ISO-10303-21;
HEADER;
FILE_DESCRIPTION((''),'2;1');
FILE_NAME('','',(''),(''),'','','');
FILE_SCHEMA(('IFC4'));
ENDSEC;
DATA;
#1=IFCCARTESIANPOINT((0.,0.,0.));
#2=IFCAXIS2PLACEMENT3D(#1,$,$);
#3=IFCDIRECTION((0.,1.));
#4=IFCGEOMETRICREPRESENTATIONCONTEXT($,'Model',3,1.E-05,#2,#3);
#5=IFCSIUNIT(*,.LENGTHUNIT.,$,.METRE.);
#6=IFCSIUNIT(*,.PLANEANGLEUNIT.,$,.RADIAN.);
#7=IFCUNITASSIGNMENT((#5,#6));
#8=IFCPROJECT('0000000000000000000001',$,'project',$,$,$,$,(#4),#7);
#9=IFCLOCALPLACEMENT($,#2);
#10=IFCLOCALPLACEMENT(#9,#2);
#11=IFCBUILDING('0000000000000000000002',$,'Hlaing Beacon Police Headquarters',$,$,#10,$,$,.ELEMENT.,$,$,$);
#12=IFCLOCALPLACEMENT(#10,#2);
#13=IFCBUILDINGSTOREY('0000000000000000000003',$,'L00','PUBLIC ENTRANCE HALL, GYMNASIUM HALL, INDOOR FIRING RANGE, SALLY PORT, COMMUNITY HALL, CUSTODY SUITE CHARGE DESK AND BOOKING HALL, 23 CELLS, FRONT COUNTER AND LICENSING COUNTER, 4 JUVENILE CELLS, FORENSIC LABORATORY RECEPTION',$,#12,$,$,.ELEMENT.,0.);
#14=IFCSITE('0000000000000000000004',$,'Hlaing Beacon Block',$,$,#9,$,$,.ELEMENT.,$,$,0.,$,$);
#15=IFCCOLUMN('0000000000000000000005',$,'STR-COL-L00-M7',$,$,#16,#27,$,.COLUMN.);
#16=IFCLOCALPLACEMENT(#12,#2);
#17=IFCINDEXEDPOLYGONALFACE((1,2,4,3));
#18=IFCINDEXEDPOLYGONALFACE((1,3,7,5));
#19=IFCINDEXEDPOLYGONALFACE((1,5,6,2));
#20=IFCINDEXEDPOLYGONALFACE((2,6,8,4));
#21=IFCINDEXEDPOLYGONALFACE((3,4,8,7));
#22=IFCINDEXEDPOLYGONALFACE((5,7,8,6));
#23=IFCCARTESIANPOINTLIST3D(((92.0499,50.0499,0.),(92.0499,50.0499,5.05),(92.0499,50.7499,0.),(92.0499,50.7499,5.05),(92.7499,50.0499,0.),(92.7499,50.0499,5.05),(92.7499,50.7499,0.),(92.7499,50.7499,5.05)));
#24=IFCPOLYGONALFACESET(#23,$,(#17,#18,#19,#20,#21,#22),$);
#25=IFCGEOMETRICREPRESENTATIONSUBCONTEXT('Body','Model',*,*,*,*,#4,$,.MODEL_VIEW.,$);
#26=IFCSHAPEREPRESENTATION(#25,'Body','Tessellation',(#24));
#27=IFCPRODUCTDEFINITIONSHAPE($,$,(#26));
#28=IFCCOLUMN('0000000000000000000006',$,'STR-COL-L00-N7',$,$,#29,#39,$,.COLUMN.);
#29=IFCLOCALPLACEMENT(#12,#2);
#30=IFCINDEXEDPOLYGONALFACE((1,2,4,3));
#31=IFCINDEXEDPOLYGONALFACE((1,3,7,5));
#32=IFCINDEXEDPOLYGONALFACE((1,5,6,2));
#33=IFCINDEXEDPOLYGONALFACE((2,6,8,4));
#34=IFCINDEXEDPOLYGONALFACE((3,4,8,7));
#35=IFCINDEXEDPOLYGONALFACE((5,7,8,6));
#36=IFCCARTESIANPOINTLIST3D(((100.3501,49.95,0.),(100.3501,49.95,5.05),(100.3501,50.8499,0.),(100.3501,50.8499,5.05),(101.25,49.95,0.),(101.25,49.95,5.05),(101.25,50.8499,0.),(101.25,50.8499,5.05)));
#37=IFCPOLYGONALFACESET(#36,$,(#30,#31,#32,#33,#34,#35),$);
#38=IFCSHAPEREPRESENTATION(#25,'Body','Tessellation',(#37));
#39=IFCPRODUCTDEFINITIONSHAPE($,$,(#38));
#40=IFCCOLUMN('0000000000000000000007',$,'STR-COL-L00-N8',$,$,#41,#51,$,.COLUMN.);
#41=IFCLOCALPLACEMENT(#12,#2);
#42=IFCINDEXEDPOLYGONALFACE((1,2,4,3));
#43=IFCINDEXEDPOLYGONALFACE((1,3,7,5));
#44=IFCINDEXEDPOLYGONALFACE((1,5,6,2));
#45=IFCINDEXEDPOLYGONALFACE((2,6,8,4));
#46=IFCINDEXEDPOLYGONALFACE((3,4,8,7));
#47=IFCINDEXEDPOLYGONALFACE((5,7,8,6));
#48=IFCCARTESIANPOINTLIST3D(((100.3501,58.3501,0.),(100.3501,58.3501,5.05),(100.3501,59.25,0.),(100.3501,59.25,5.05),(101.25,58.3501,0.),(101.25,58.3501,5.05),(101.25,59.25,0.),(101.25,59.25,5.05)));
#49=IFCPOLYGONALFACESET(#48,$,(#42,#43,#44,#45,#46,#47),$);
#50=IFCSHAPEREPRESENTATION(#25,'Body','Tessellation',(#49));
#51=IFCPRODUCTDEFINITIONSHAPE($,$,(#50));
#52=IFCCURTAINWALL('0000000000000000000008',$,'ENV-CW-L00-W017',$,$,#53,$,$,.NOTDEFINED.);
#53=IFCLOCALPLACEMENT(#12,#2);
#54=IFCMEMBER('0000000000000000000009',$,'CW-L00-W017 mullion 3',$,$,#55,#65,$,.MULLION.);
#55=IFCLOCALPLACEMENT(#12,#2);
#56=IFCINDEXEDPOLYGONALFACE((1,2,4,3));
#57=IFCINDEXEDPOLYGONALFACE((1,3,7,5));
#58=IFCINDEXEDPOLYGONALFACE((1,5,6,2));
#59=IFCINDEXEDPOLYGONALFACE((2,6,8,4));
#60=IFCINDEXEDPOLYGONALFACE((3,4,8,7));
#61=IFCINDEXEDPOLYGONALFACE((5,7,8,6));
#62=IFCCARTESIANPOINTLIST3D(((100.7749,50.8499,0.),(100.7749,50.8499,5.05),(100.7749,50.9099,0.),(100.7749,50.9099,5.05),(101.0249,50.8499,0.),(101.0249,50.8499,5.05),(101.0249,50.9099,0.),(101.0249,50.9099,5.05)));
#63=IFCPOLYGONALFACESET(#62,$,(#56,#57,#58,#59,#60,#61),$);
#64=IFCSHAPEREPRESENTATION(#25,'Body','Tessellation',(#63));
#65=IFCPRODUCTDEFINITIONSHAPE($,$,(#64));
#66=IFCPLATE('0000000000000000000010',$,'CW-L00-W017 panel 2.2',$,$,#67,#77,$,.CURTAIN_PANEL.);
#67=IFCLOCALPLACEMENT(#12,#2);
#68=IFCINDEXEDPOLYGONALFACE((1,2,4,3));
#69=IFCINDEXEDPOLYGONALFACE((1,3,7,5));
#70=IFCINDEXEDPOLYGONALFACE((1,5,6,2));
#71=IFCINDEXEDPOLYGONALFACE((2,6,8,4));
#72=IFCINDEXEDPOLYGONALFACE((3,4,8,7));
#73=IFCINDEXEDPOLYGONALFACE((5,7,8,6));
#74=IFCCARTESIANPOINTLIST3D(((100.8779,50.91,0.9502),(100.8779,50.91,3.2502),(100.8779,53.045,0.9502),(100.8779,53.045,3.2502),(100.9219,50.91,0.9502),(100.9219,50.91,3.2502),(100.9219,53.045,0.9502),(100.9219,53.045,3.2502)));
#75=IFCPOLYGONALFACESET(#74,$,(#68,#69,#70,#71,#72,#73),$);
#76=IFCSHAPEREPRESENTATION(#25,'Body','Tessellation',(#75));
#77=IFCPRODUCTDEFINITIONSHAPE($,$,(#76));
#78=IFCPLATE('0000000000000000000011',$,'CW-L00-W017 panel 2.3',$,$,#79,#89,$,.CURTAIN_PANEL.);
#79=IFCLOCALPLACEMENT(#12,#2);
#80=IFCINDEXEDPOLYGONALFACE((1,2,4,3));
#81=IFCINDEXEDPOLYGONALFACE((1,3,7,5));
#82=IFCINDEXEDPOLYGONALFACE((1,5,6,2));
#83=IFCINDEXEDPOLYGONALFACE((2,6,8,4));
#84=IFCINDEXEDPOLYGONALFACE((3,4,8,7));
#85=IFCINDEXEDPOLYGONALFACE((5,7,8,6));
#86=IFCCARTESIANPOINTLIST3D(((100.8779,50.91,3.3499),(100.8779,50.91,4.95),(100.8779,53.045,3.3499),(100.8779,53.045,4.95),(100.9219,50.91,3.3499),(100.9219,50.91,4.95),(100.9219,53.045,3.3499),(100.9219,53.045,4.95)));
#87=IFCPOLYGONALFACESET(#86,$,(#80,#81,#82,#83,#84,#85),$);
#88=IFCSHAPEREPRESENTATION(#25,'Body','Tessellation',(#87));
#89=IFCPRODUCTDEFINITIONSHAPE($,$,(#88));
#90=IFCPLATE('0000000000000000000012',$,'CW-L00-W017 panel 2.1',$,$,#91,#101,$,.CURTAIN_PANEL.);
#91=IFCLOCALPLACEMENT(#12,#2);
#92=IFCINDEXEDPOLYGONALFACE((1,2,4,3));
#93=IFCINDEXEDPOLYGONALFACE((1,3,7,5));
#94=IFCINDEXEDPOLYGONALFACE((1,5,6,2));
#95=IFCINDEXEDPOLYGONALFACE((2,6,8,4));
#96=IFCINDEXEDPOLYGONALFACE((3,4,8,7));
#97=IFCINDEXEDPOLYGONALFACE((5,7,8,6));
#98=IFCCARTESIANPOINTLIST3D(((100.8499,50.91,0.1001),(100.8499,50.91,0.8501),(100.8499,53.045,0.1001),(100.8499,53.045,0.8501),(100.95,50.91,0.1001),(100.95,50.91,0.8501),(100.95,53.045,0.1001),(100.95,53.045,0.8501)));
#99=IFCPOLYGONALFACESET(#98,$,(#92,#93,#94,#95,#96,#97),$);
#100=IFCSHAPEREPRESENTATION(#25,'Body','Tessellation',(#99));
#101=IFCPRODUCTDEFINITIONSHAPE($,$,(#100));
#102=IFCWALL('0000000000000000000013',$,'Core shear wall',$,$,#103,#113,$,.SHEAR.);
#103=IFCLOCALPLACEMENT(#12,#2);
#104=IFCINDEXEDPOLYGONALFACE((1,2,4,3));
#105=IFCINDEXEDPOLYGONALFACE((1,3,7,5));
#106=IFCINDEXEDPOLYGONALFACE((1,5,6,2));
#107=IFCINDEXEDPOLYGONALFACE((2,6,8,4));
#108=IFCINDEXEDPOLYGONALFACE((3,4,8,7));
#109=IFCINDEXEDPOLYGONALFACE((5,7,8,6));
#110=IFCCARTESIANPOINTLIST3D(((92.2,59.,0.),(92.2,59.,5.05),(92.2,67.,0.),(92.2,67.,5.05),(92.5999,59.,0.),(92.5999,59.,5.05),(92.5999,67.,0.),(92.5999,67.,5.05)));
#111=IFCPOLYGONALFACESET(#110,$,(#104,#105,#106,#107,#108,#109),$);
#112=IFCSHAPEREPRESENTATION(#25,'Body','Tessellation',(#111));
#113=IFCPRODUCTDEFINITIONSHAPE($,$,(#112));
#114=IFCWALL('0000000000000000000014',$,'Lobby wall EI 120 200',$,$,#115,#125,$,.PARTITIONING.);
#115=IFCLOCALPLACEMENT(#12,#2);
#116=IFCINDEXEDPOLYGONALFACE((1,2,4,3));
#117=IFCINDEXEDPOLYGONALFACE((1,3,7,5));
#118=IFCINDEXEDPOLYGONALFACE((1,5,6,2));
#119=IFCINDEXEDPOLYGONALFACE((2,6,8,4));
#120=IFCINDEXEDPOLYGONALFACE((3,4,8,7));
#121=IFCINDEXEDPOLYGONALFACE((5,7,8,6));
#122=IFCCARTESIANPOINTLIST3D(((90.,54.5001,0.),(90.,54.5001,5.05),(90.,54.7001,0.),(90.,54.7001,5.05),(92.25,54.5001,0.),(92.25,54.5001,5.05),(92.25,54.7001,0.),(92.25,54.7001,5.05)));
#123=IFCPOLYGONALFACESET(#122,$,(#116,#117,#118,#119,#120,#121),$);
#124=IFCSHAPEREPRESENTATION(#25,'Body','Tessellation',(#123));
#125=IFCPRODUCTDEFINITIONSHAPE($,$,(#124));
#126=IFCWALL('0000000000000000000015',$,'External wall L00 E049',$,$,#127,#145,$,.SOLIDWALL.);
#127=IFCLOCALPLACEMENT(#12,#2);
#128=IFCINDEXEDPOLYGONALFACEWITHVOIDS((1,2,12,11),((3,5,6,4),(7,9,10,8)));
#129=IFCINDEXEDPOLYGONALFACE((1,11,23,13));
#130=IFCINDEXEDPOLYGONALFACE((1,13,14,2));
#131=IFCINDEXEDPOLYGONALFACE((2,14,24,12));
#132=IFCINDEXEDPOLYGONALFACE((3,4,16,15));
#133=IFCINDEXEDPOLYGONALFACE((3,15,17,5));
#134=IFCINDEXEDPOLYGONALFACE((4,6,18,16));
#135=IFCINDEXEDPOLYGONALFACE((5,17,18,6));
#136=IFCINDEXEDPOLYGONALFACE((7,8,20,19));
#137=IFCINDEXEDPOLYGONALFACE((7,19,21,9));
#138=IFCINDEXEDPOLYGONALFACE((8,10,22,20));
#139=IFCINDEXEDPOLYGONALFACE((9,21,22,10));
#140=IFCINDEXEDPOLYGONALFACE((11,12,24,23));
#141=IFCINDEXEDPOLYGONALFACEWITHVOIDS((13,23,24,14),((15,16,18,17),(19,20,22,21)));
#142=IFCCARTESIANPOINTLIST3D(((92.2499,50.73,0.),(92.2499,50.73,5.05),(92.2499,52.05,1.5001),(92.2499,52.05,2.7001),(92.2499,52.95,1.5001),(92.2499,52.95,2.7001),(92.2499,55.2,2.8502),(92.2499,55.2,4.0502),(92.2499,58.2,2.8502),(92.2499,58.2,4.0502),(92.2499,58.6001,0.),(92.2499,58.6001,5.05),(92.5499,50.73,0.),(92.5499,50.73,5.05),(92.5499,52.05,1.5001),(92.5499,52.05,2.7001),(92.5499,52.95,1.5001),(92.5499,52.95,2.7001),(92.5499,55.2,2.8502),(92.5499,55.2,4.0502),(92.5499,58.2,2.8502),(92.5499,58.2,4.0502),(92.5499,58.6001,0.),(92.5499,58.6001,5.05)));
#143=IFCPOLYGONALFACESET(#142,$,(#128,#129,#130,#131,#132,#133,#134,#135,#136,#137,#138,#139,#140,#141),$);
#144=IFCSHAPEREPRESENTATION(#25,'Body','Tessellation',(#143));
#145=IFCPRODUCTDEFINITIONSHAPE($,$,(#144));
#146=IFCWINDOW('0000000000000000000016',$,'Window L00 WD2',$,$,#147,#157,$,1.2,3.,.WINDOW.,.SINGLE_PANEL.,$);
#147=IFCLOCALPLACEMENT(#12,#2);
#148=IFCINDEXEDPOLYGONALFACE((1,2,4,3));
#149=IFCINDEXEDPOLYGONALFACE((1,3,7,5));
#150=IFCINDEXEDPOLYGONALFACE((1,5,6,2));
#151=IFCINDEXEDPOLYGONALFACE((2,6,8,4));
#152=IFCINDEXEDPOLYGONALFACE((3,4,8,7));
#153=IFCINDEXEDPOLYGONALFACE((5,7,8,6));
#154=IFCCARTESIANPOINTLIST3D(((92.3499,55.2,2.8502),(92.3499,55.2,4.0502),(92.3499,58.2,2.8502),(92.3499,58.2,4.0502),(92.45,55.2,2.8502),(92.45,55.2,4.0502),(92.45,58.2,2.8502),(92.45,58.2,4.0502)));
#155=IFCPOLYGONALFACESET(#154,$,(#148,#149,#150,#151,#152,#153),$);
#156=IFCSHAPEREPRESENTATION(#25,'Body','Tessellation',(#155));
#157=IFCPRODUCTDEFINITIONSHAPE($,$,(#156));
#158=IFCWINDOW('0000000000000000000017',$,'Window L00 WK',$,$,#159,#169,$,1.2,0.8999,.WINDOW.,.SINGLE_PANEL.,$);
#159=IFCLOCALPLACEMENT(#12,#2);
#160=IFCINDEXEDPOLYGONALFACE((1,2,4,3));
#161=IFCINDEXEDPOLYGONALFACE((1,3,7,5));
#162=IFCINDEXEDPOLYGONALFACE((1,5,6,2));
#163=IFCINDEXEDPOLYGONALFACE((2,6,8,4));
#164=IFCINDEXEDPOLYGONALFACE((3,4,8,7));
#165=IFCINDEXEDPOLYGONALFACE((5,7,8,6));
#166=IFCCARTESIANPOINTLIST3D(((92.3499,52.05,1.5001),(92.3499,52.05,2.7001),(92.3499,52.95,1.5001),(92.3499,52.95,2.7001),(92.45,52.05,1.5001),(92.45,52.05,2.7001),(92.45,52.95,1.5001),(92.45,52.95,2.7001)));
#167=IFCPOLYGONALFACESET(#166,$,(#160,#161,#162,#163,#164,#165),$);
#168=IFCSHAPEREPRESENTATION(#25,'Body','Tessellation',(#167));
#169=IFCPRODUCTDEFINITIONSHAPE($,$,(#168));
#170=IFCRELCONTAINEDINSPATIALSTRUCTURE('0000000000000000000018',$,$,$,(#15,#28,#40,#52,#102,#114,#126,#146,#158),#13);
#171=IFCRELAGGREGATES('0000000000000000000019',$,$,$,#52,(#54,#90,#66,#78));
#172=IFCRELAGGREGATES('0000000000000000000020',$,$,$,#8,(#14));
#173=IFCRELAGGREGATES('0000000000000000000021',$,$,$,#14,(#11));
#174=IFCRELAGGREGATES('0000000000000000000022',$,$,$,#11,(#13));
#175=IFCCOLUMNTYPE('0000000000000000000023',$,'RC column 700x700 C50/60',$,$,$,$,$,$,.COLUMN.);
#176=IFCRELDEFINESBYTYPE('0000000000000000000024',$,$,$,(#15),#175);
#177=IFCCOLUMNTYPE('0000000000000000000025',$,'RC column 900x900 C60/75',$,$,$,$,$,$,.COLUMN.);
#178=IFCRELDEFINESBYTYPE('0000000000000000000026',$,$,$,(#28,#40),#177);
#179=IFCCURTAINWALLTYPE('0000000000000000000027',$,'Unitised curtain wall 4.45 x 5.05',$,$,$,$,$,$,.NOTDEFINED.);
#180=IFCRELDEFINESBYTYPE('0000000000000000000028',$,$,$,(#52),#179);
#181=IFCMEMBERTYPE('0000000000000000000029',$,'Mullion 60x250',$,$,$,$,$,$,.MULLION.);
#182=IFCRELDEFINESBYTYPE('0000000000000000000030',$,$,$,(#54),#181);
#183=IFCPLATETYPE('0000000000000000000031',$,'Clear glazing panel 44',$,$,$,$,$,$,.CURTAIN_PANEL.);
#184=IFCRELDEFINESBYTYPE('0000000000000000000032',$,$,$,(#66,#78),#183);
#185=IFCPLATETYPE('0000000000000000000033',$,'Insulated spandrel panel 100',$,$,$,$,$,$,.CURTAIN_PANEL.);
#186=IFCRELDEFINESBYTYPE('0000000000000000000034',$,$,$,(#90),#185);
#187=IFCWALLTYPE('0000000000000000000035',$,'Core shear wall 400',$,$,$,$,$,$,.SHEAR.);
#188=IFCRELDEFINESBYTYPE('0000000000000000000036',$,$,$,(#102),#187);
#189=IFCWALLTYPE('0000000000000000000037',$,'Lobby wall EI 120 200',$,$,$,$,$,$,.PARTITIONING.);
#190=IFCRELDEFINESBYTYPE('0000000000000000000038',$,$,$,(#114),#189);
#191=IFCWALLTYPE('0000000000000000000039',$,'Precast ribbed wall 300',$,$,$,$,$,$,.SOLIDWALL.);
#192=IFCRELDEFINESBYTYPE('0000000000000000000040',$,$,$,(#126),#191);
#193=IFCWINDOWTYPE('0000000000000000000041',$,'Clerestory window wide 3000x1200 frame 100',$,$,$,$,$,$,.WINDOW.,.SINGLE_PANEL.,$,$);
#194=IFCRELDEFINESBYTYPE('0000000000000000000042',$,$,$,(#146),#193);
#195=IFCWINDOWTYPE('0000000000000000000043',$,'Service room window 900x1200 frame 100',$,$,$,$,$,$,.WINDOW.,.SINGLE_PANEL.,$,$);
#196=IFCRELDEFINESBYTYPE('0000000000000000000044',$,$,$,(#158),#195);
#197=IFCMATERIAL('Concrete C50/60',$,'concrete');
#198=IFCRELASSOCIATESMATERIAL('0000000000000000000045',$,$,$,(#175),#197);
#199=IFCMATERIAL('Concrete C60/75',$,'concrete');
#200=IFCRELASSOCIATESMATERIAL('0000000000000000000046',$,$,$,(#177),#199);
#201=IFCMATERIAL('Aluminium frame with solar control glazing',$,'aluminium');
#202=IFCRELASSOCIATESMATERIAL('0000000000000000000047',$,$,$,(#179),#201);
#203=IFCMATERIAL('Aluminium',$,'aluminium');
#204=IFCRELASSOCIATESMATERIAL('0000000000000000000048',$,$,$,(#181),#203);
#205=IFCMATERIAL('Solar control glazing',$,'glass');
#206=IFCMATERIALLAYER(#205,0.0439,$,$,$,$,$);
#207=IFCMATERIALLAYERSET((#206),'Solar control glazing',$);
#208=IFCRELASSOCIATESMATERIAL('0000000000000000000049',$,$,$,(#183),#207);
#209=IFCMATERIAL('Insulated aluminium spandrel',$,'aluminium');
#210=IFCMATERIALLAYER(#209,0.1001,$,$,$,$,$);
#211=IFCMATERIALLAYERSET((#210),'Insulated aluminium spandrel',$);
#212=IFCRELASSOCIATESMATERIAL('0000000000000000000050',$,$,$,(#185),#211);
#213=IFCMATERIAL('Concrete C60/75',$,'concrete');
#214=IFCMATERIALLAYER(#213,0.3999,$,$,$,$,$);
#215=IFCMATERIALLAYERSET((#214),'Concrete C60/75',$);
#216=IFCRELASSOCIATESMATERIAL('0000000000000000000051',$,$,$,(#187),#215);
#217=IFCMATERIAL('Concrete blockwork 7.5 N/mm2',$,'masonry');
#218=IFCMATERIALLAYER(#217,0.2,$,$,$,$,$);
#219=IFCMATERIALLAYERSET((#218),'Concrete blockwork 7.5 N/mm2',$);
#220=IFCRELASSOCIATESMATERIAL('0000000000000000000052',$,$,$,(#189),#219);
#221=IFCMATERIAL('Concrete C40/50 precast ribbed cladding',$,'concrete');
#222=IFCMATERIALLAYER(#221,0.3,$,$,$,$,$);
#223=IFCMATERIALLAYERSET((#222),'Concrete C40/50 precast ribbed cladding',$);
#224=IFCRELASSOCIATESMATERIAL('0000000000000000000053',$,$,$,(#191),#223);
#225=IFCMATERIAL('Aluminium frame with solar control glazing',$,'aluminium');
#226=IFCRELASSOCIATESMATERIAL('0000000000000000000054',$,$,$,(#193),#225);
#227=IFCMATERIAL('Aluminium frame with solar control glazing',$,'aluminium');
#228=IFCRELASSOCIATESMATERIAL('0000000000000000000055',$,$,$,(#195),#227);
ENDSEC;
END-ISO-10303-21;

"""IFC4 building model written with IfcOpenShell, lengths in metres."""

from ifc_helpers import new_model, si_unit, direction, frame, frame_2d, origin, origin_2d, place, context, subcontext, project, spatial, rectangle, extrude, material, layer, layer_set, material_profile, profile_set, type_object, element, fill, aggregate, save


model = new_model("IFC4")

# Units and contexts
model_context = context("Model", 3, precision=1e-05, world=origin(), true_north=direction((0.0, 1.0)))
body_context = subcontext(model_context, "Body", "Model", "MODEL_VIEW")
ifc_project = project(units=[si_unit("LENGTHUNIT", "METRE"), si_unit("PLANEANGLEUNIT", "RADIAN")], contexts=[model_context])

# Site, building, storey
site_placement = place(None, origin())
site = spatial("IfcSite", under=ifc_project, at=site_placement, Name="Hlaing Beacon Block", CompositionType="ELEMENT", RefElevation=0.0)
building_placement = place(site_placement, origin())
building = spatial("IfcBuilding", under=site, at=building_placement, Name="Hlaing Beacon Police Headquarters", CompositionType="ELEMENT")
storey_placement = place(building_placement, origin())
storey = spatial("IfcBuildingStorey", under=building, at=storey_placement, Name="L00", Description="PUBLIC ENTRANCE HALL, GYMNASIUM HALL, INDOOR FIRING RANGE, SALLY PORT, COMMUNITY HALL, CUSTODY SUITE CHARGE DESK AND BOOKING HALL, 23 CELLS, FRONT COUNTER AND LICENSING COUNTER, 4 JUVENILE CELLS, FORENSIC LABORATORY RECEPTION", CompositionType="ELEMENT", Elevation=0.0)

# Columns
ifc_material_1 = material(Name="Concrete C50/60", Category="concrete")
ifc_material_profile_1 = material_profile(ifc_material_1, rectangle(XDim=0.7, YDim=0.7, at=origin_2d()), Name="700x700")
ifc_profile_set_1 = profile_set([ifc_material_profile_1], Name="Concrete C50/60")
column_type_1 = type_object("IfcColumnType", Name="RC column 700x700 C50/60", PredefinedType="COLUMN", material=ifc_profile_set_1)
column_placement = place(storey_placement, frame((92.3999, 50.3999, 0.0), z_axis=(0.0, 0.0, 1.0), x_axis=(1.0, 0.0, 0.0)))
element("IfcColumn", 1, at=column_placement, inside=storey, type_object=column_type_1, Name="STR-COL-L00-M7", PredefinedType="COLUMN", context=body_context, shape_type="SweptSolid", body=[
    extrude(rectangle(XDim=0.7, YDim=0.7, at=origin_2d()), origin(), (0.0, 0.0, 1.0), 5.05),
])
ifc_material_2 = material(Name="Concrete C60/75", Category="concrete")
ifc_material_profile_2 = material_profile(ifc_material_2, rectangle(XDim=0.8999, YDim=0.8999, at=origin_2d()), Name="900x900")
ifc_profile_set_2 = profile_set([ifc_material_profile_2], Name="Concrete C60/75")
column_type_2 = type_object("IfcColumnType", Name="RC column 900x900 C60/75", PredefinedType="COLUMN", material=ifc_profile_set_2)
for number, where, z_axis, x_axis, name in (
    (2, (100.8, 50.3999, 0.0), (0.0, 0.0, 1.0), (1.0, 0.0, 0.0), "STR-COL-L00-N7"),
    (3, (100.8, 58.8, 0.0), (0.0, 0.0, 1.0), (1.0, 0.0, 0.0), "STR-COL-L00-N8"),
):
    element("IfcColumn", number, at=place(storey_placement, frame(where, z_axis=z_axis, x_axis=x_axis)), inside=storey, type_object=column_type_2, Name=name, PredefinedType="COLUMN", context=body_context, shape_type="SweptSolid", body=[
        extrude(rectangle(XDim=0.8999, YDim=0.8999, at=origin_2d()), origin(), (0.0, 0.0, 1.0), 5.05),
    ])

# Curtain wall, member, plates
ifc_material_3 = material(Name="Aluminium frame with solar control glazing", Category="aluminium")
curtain_wall_type = type_object("IfcCurtainWallType", Name="Unitised curtain wall 4.45 x 5.05", PredefinedType="NOTDEFINED", material=ifc_material_3)
curtain_wall_placement = place(storey_placement, origin())
curtain_wall = element("IfcCurtainWall", 4, at=curtain_wall_placement, inside=storey, type_object=curtain_wall_type, Name="ENV-CW-L00-W017", PredefinedType="NOTDEFINED")
ifc_material_4 = material(Name="Aluminium", Category="aluminium")
ifc_material_profile_3 = material_profile(ifc_material_4, rectangle(XDim=0.25, YDim=0.0601, at=origin_2d()), Name="Mullion 60x250")
ifc_profile_set_3 = profile_set([ifc_material_profile_3], Name="Aluminium")
member_type = type_object("IfcMemberType", Name="Mullion 60x250", PredefinedType="MULLION", material=ifc_profile_set_3)
member_placement = place(storey_placement, frame((100.8999, 50.8799, 0.0), z_axis=(0.0, 0.0, 1.0), x_axis=(1.0, 0.0, 0.0)))
member = element("IfcMember", 5, at=member_placement, type_object=member_type, Name="CW-L00-W017 mullion 3", PredefinedType="MULLION", context=body_context, shape_type="SweptSolid", body=[
    extrude(rectangle(XDim=0.25, YDim=0.0601, at=origin_2d()), origin(), (0.0, 0.0, 1.0), 5.05),
])
ifc_material_5 = material(Name="Solar control glazing", Category="glass")
ifc_layer_1 = layer(ifc_material_5, 0.0439)
ifc_layer_set_1 = layer_set([ifc_layer_1], Name="Solar control glazing")
plate_type_1 = type_object("IfcPlateType", Name="Clear glazing panel 44", PredefinedType="CURTAIN_PANEL", material=ifc_layer_set_1)
plate_1_placement = place(storey_placement, frame((100.8999, 51.9775, 0.9502), z_axis=(0.0, 0.0, 1.0), x_axis=(0.0, -1.0, 0.0)))
plate_1 = element("IfcPlate", 6, at=plate_1_placement, type_object=plate_type_1, Name="CW-L00-W017 panel 2.2", PredefinedType="CURTAIN_PANEL", context=body_context, shape_type="SweptSolid", body=[
    extrude(rectangle(XDim=2.135, YDim=0.0439, at=origin_2d()), origin(), (0.0, 0.0, 1.0), 2.3),
])
plate_2_placement = place(storey_placement, frame((100.8999, 51.9775, 3.3499), z_axis=(0.0, 0.0, 1.0), x_axis=(0.0, -1.0, 0.0)))
plate_2 = element("IfcPlate", 7, at=plate_2_placement, type_object=plate_type_1, Name="CW-L00-W017 panel 2.3", PredefinedType="CURTAIN_PANEL", context=body_context, shape_type="SweptSolid", body=[
    extrude(rectangle(XDim=2.135, YDim=0.0439, at=origin_2d()), origin(), (0.0, 0.0, 1.0), 1.6001),
])
ifc_material_6 = material(Name="Insulated aluminium spandrel", Category="aluminium")
ifc_layer_2 = layer(ifc_material_6, 0.1001)
ifc_layer_set_2 = layer_set([ifc_layer_2], Name="Insulated aluminium spandrel")
plate_type_2 = type_object("IfcPlateType", Name="Insulated spandrel panel 100", PredefinedType="CURTAIN_PANEL", material=ifc_layer_set_2)
plate_3_placement = place(storey_placement, frame((100.8999, 51.9775, 0.1001), z_axis=(0.0, 0.0, 1.0), x_axis=(0.0, -1.0, 0.0)))
plate_3 = element("IfcPlate", 8, at=plate_3_placement, type_object=plate_type_2, Name="CW-L00-W017 panel 2.1", PredefinedType="CURTAIN_PANEL", context=body_context, shape_type="SweptSolid", body=[
    extrude(rectangle(XDim=2.135, YDim=0.1001, at=origin_2d()), origin(), (0.0, 0.0, 1.0), 0.75),
])
aggregate(curtain_wall, [member, plate_3, plate_1, plate_2])

# Wall
ifc_material_7 = material(Name="Concrete C60/75", Category="concrete")
ifc_layer_3 = layer(ifc_material_7, 0.3999)
ifc_layer_set_3 = layer_set([ifc_layer_3], Name="Concrete C60/75")
wall_type_1 = type_object("IfcWallType", Name="Core shear wall 400", PredefinedType="SHEAR", material=ifc_layer_set_3)
wall_1_placement = place(storey_placement, frame((92.3999, 59.0, 0.0), z_axis=(0.0, 0.0, 1.0), x_axis=(0.0, 1.0, 0.0)))
element("IfcWall", 9, at=wall_1_placement, inside=storey, type_object=wall_type_1, Name="Core shear wall", PredefinedType="SHEAR", context=body_context, shape_type="SweptSolid", body=[
    extrude(rectangle(XDim=8.0, YDim=0.3999, at=frame_2d((4.0, 0.0))), origin(), (0.0, 0.0, 1.0), 5.05),
])

# Wall
ifc_material_8 = material(Name="Concrete blockwork 7.5 N/mm2", Category="masonry")
ifc_layer_4 = layer(ifc_material_8, 0.2)
ifc_layer_set_4 = layer_set([ifc_layer_4], Name="Concrete blockwork 7.5 N/mm2")
wall_type_2 = type_object("IfcWallType", Name="Lobby wall EI 120 200", PredefinedType="PARTITIONING", material=ifc_layer_set_4)
wall_2_placement = place(storey_placement, frame((90.0, 54.6001, 0.0), z_axis=(0.0, 0.0, 1.0), x_axis=(1.0, 0.0, 0.0)))
element("IfcWall", 10, at=wall_2_placement, inside=storey, type_object=wall_type_2, Name="Lobby wall EI 120 200", PredefinedType="PARTITIONING", context=body_context, shape_type="SweptSolid", body=[
    extrude(rectangle(XDim=2.25, YDim=0.2, at=frame_2d((1.125, 0.0))), origin(), (0.0, 0.0, 1.0), 5.05),
])

# Wall, openings, windows
ifc_material_9 = material(Name="Concrete C40/50 precast ribbed cladding", Category="concrete")
ifc_layer_5 = layer(ifc_material_9, 0.3)
ifc_layer_set_5 = layer_set([ifc_layer_5], Name="Concrete C40/50 precast ribbed cladding")
wall_type_3 = type_object("IfcWallType", Name="Precast ribbed wall 300", PredefinedType="SOLIDWALL", material=ifc_layer_set_5)
wall_3_placement = place(storey_placement, frame((92.3999, 50.73, 0.0), z_axis=(0.0, 0.0, 1.0), x_axis=(0.0, 1.0, 0.0)))
wall_3 = element("IfcWall", 11, at=wall_3_placement, inside=storey, type_object=wall_type_3, Name="External wall L00 E049", PredefinedType="SOLIDWALL", context=body_context, shape_type="SweptSolid", body=[
    extrude(rectangle(XDim=7.8701, YDim=0.3, at=frame_2d((3.9351, 0.0))), origin(), (0.0, 0.0, 1.0), 5.05),
])
opening_1_placement = place(wall_3_placement, frame((1.3201, 0.0, 1.5)))
opening_1 = element("IfcOpeningElement", 12, at=opening_1_placement, cuts=wall_3, PredefinedType="OPENING", context=body_context, shape_type="SweptSolid", body=[
    extrude(rectangle(XDim=0.8999, YDim=1.2, at=frame_2d((0.45, 0.6001))), frame((0.0, 0.1602, 0.0), z_axis=(0.0, -1.0, 0.0), x_axis=(1.0, 0.0, 0.0)), (0.0, 0.0, 1.0), 0.3201),
])
opening_2_placement = place(wall_3_placement, frame((4.47, 0.0, 2.8501)))
opening_2 = element("IfcOpeningElement", 13, at=opening_2_placement, cuts=wall_3, PredefinedType="OPENING", context=body_context, shape_type="SweptSolid", body=[
    extrude(rectangle(XDim=3.0, YDim=1.2, at=frame_2d((1.5, 0.6001))), frame((0.0, 0.1602, 0.0), z_axis=(0.0, -1.0, 0.0), x_axis=(1.0, 0.0, 0.0)), (0.0, 0.0, 1.0), 0.3201),
])
ifc_material_10 = material(Name="Aluminium frame with solar control glazing", Category="aluminium")
window_type_1 = type_object("IfcWindowType", Name="Clerestory window wide 3000x1200 frame 100", PartitioningType="SINGLE_PANEL", PredefinedType="WINDOW", material=ifc_material_10)
window_1_placement = place(opening_2_placement, origin())
window_1 = element("IfcWindow", 14, at=window_1_placement, inside=storey, type_object=window_type_1, Name="Window L00 WD2", OverallHeight=1.2, OverallWidth=3.0, PartitioningType="SINGLE_PANEL", PredefinedType="WINDOW", context=body_context, shape_type="SweptSolid", body=[
    extrude(rectangle(XDim=3.0, YDim=1.2, at=frame_2d((1.5, 0.6001))), frame((0.0, 0.05, 0.0), z_axis=(0.0, -1.0, 0.0), x_axis=(1.0, 0.0, 0.0)), (0.0, 0.0, 1.0), 0.1001),
])
fill(opening_2, window_1)
ifc_material_11 = material(Name="Aluminium frame with solar control glazing", Category="aluminium")
window_type_2 = type_object("IfcWindowType", Name="Service room window 900x1200 frame 100", PartitioningType="SINGLE_PANEL", PredefinedType="WINDOW", material=ifc_material_11)
window_2_placement = place(opening_1_placement, origin())
window_2 = element("IfcWindow", 15, at=window_2_placement, inside=storey, type_object=window_type_2, Name="Window L00 WK", OverallHeight=1.2, OverallWidth=0.8999, PartitioningType="SINGLE_PANEL", PredefinedType="WINDOW", context=body_context, shape_type="SweptSolid", body=[
    extrude(rectangle(XDim=0.8999, YDim=1.2, at=frame_2d((0.45, 0.6001))), frame((0.0, 0.05, 0.0), z_axis=(0.0, -1.0, 0.0), x_axis=(1.0, 0.0, 0.0)), (0.0, 0.0, 1.0), 0.1001),
])
fill(opening_1, window_2)

save(model, "model.ifc")
